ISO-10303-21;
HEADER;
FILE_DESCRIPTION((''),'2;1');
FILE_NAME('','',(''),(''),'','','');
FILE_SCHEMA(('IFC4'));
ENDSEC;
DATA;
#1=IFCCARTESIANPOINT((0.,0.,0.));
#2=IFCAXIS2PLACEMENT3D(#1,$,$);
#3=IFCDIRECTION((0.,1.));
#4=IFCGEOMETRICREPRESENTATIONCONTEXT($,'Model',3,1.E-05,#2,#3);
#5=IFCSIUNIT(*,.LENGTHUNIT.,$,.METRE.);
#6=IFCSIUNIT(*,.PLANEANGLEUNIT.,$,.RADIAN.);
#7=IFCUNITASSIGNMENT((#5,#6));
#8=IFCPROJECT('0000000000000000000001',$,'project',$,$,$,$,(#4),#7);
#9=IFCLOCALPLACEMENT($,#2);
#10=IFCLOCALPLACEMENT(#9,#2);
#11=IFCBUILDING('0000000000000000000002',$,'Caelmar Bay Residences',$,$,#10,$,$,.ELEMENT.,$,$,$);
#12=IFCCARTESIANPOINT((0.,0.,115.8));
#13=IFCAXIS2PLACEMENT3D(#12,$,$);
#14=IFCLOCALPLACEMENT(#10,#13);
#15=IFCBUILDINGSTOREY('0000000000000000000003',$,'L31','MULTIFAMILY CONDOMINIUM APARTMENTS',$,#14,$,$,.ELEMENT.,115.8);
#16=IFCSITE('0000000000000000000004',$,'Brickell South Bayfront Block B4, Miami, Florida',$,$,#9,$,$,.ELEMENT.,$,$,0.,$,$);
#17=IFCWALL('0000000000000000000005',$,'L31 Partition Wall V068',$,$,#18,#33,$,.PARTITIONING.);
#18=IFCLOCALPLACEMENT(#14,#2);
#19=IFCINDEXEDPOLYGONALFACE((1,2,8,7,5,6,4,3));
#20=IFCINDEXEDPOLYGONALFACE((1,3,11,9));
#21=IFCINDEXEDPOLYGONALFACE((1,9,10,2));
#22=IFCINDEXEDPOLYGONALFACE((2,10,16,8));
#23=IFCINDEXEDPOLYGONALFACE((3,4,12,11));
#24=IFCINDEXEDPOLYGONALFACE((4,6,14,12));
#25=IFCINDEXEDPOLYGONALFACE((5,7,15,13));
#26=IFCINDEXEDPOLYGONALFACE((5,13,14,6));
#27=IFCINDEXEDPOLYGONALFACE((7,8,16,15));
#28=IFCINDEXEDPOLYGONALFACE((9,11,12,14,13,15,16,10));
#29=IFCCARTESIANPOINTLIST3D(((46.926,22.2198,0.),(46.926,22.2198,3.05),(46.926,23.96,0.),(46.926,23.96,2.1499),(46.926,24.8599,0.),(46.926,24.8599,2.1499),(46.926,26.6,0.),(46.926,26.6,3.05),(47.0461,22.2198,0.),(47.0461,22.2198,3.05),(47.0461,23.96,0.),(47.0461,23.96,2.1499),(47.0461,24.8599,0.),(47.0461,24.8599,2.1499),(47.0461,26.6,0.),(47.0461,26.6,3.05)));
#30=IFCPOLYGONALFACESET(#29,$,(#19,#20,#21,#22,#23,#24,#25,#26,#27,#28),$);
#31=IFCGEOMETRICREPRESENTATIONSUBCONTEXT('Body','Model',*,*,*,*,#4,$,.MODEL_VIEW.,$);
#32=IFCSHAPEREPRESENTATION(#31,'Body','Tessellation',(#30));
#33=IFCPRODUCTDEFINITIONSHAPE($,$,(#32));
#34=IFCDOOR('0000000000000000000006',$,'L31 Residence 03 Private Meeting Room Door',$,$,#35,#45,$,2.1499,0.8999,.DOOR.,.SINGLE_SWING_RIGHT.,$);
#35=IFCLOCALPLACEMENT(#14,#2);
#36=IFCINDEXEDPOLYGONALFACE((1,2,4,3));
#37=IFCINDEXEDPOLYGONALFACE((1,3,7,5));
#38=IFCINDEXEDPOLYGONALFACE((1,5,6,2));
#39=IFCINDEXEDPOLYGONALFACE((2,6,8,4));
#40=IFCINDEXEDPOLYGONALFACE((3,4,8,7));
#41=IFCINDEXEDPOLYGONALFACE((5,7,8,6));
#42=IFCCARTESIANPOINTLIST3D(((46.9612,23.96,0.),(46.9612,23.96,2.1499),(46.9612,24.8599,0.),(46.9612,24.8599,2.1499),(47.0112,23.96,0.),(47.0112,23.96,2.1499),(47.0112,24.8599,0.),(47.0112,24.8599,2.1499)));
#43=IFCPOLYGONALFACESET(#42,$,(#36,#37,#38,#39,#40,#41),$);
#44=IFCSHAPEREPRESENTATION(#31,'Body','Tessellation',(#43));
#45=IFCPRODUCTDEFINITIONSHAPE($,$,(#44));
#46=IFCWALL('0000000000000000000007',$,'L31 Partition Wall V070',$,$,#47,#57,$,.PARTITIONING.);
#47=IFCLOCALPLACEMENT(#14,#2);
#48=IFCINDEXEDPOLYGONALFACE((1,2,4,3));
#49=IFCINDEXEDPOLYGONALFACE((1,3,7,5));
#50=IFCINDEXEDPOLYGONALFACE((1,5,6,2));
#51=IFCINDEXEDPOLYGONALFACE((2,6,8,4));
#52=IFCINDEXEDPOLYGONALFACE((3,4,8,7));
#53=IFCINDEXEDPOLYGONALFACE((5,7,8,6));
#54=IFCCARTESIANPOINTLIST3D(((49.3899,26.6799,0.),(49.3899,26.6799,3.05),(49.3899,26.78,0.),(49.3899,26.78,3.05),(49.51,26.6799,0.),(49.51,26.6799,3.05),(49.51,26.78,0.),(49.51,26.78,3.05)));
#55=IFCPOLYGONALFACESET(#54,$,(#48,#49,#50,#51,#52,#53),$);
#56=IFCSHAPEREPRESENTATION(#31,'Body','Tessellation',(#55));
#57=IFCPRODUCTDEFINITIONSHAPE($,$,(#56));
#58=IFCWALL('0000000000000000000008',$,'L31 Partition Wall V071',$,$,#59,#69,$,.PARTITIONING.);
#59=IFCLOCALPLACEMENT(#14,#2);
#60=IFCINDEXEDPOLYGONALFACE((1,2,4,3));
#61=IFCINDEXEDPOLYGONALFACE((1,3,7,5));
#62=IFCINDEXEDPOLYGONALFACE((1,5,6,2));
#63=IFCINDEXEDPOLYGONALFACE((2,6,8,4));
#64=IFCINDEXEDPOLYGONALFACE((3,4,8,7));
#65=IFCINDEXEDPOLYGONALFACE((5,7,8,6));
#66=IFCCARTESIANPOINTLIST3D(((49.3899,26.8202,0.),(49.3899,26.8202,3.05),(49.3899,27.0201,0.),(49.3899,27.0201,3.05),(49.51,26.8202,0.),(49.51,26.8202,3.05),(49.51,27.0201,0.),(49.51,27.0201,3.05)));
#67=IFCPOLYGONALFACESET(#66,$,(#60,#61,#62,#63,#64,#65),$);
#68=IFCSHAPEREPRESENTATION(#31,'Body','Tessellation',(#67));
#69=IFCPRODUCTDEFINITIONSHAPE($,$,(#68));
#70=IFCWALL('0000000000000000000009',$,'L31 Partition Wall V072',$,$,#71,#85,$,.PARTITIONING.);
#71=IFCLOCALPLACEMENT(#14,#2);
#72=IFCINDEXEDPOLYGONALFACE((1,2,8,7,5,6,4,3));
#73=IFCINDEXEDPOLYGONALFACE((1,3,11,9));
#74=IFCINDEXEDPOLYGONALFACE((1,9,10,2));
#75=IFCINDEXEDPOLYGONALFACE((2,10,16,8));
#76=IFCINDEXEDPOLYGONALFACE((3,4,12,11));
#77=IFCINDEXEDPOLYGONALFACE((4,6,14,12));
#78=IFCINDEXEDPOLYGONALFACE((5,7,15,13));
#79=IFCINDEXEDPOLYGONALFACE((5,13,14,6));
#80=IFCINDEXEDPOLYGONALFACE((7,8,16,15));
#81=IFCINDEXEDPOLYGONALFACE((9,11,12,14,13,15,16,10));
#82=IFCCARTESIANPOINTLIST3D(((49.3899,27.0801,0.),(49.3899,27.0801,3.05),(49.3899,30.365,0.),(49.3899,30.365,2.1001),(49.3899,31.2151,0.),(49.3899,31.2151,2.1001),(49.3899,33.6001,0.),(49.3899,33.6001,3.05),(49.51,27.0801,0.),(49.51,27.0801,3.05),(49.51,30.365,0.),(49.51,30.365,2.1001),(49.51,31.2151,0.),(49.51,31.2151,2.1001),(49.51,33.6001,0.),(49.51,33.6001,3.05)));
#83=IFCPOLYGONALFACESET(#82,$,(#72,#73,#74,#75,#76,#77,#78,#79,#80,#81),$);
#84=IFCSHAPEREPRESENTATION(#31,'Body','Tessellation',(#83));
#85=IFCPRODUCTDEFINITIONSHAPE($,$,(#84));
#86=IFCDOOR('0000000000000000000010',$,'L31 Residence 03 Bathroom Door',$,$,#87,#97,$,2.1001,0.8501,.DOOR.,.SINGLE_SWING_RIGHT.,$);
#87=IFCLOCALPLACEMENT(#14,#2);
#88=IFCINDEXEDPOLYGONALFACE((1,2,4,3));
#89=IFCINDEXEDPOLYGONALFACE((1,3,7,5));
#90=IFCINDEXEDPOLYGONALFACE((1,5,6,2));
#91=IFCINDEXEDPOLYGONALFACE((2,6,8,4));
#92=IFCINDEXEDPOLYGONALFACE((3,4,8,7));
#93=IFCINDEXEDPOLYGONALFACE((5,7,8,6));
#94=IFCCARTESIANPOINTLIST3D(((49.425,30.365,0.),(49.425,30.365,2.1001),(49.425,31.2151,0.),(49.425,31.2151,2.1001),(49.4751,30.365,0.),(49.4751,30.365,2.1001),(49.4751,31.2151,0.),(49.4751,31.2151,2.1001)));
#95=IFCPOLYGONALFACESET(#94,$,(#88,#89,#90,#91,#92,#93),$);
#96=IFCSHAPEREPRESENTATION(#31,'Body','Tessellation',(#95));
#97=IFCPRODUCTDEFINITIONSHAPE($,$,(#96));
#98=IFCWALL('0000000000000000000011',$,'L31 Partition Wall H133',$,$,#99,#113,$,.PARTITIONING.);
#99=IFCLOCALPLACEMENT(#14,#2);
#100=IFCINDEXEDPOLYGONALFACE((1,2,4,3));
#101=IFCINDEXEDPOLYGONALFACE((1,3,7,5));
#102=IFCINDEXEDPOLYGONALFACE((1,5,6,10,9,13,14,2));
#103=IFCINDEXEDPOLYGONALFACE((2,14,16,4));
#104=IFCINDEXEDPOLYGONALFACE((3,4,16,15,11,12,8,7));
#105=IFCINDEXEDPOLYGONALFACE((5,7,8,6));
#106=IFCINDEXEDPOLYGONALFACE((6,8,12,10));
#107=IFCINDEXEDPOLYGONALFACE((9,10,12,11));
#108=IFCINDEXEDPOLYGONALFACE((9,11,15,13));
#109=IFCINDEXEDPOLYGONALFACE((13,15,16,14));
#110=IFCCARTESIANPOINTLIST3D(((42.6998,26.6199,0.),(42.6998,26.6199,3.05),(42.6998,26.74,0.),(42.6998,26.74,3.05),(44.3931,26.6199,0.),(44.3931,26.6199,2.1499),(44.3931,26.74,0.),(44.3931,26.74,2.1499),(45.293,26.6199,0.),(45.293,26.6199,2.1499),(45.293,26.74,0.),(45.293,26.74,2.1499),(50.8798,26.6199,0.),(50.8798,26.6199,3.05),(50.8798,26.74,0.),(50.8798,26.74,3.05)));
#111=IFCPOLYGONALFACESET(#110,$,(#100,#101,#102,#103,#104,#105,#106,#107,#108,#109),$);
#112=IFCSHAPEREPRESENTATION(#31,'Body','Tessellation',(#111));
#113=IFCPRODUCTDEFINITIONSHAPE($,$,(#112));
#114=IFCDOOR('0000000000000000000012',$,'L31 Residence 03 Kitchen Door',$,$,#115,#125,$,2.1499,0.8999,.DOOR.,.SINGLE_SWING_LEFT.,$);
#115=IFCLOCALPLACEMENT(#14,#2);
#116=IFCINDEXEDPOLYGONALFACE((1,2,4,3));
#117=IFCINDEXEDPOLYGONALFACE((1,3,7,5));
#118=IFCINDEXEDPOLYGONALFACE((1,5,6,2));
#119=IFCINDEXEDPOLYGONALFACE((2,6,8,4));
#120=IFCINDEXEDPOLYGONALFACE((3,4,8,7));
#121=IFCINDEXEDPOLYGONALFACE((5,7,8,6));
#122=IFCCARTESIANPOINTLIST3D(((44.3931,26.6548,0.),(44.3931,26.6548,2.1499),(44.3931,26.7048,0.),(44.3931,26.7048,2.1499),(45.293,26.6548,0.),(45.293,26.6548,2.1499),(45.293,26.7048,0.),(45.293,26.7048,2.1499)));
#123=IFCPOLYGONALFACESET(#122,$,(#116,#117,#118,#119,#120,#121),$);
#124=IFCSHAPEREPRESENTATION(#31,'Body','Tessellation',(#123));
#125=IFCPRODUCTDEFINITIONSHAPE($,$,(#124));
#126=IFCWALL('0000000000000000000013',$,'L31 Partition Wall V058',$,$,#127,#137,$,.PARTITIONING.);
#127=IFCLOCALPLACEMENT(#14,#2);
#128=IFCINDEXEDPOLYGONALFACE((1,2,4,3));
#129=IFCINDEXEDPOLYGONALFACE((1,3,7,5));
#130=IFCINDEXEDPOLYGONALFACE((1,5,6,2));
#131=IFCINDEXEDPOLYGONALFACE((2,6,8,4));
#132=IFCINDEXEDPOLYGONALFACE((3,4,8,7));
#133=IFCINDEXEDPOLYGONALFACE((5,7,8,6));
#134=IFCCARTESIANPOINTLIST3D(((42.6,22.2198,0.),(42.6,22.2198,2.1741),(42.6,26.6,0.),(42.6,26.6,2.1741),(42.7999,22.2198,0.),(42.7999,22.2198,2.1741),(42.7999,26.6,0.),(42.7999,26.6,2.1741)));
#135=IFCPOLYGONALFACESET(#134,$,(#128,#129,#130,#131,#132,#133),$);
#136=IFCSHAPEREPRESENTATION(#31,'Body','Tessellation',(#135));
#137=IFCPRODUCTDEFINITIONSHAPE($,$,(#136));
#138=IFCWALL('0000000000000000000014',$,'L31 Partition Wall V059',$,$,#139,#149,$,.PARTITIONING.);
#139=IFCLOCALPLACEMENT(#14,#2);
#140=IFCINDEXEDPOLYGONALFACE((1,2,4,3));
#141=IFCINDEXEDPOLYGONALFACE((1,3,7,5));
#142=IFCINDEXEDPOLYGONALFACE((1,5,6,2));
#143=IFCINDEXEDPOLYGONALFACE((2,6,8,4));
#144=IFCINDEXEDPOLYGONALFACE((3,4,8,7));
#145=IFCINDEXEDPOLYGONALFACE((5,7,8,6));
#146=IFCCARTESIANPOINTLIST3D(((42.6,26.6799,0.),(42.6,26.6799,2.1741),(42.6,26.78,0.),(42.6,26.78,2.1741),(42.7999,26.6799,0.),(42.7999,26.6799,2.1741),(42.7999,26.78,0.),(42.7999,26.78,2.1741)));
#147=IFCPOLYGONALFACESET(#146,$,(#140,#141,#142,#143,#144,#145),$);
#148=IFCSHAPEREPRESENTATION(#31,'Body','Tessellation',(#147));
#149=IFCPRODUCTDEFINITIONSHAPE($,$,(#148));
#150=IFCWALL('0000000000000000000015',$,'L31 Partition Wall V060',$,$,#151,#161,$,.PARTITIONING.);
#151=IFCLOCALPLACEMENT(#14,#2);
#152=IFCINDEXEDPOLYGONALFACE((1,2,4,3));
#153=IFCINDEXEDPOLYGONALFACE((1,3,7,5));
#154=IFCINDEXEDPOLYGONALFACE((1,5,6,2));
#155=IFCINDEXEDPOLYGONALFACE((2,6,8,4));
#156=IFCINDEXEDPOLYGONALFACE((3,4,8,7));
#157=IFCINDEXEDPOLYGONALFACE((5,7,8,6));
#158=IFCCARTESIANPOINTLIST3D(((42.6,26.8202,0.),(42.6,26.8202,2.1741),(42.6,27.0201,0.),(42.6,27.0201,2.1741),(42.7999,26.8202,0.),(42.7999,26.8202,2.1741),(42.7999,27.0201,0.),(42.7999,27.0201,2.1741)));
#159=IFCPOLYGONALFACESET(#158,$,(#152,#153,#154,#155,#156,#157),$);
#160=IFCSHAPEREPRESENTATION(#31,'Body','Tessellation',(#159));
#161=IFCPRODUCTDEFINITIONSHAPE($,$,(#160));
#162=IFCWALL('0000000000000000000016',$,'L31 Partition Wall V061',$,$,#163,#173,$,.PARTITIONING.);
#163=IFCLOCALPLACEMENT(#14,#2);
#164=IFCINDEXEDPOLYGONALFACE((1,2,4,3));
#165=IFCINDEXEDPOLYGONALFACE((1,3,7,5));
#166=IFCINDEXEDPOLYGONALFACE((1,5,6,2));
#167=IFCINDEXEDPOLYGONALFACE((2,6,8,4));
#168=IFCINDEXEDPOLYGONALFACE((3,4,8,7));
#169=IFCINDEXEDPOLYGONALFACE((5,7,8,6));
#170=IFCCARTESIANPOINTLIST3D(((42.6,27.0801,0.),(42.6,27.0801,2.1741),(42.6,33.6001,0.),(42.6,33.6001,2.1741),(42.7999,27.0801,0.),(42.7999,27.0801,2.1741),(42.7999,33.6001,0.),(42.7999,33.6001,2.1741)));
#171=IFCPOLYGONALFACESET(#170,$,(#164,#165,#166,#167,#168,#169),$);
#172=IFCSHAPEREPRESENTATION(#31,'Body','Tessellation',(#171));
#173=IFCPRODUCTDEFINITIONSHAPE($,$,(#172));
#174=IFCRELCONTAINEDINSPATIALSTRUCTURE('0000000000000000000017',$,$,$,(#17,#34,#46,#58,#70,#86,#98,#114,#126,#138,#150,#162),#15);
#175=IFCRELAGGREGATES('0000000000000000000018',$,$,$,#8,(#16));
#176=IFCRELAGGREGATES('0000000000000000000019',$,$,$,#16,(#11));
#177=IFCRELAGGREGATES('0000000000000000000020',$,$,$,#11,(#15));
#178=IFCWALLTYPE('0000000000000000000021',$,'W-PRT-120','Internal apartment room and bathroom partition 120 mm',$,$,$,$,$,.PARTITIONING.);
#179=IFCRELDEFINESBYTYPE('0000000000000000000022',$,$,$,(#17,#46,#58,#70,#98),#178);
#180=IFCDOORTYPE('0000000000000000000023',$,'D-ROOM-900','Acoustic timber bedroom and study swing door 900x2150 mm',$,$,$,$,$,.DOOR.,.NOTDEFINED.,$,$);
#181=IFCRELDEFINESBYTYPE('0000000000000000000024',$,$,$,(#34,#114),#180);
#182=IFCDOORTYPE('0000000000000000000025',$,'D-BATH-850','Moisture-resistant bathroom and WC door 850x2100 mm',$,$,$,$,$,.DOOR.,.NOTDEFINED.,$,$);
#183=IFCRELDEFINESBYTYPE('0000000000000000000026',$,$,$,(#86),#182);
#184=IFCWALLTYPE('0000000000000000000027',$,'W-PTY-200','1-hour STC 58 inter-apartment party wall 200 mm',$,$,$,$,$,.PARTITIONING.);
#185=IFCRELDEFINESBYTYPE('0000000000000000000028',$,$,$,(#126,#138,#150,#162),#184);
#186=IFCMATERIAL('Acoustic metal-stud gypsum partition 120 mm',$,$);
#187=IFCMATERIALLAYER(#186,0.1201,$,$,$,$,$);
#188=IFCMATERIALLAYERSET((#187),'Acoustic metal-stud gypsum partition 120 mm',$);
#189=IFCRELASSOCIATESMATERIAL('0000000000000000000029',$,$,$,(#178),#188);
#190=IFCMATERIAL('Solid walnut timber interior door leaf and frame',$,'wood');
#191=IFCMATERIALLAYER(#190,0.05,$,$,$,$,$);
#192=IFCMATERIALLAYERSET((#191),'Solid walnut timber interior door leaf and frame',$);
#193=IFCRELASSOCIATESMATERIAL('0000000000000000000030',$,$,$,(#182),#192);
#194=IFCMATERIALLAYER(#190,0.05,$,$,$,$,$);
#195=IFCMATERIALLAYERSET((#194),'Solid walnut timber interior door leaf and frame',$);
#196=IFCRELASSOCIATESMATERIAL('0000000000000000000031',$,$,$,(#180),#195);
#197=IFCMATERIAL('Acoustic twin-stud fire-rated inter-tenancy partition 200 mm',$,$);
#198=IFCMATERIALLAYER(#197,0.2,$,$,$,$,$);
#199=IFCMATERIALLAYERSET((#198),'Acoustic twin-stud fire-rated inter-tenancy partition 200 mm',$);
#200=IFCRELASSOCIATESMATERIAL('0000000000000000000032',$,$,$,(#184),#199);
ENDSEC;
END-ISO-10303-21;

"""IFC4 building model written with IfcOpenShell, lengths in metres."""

from ifc_helpers import new_model, si_unit, direction, frame, frame_2d, origin, place, context, subcontext, project, spatial, rectangle, extrude, material, layer, layer_set, type_object, element, fill, save


model = new_model("IFC4")

# Units and contexts
model_context = context("Model", 3, precision=1e-05, world=origin(), true_north=direction((0.0, 1.0)))
body_context = subcontext(model_context, "Body", "Model", "MODEL_VIEW")
ifc_project = project(units=[si_unit("LENGTHUNIT", "METRE"), si_unit("PLANEANGLEUNIT", "RADIAN")], contexts=[model_context])

# Site, building, storey
site_placement = place(None, origin())
site = spatial("IfcSite", under=ifc_project, at=site_placement, Name="Brickell South Bayfront Block B4, Miami, Florida", CompositionType="ELEMENT", RefElevation=0.0)
building_placement = place(site_placement, origin())
building = spatial("IfcBuilding", under=site, at=building_placement, Name="Caelmar Bay Residences", CompositionType="ELEMENT")
storey_placement = place(building_placement, frame((0.0, 0.0, 115.8)))
storey = spatial("IfcBuildingStorey", under=building, at=storey_placement, Name="L31", Description="MULTIFAMILY CONDOMINIUM APARTMENTS", CompositionType="ELEMENT", Elevation=115.8)

# Shared definitions
ifc_material_1 = material(Name="Acoustic metal-stud gypsum partition 120 mm")
ifc_layer_1 = layer(ifc_material_1, 0.1201)
ifc_layer_set_1 = layer_set([ifc_layer_1], Name="Acoustic metal-stud gypsum partition 120 mm")
wall_type_1 = type_object("IfcWallType", Name="W-PRT-120", Description="Internal apartment room and bathroom partition 120 mm", PredefinedType="PARTITIONING", material=ifc_layer_set_1)

# Wall, opening, door
ifc_material_2 = material(Name="Solid walnut timber interior door leaf and frame", Category="wood")
ifc_layer_2 = layer(ifc_material_2, 0.05)
ifc_layer_set_2 = layer_set([ifc_layer_2], Name="Solid walnut timber interior door leaf and frame")
door_type_1 = type_object("IfcDoorType", Name="D-BATH-850", Description="Moisture-resistant bathroom and WC door 850x2100 mm", OperationType="NOTDEFINED", PredefinedType="DOOR", material=ifc_layer_set_2)
wall_1_placement = place(storey_placement, frame((46.9861, 22.22, 0.0), z_axis=(0.0, 0.0, 1.0), x_axis=(0.0, 1.0, 0.0)))
wall_1 = element("IfcWall", 1, at=wall_1_placement, inside=storey, type_object=wall_type_1, Name="L31 Partition Wall V068", PredefinedType="PARTITIONING", context=body_context, shape_type="SweptSolid", body=[
    extrude(rectangle(XDim=4.3801, YDim=0.1201, at=frame_2d((2.1899, 0.0))), origin(), (0.0, 0.0, 1.0), 3.05),
])
opening_1_placement = place(wall_1_placement, frame((1.74, 0.0, 0.0)))
opening_1 = element("IfcOpeningElement", 2, at=opening_1_placement, cuts=wall_1, PredefinedType="OPENING", context=body_context, shape_type="SweptSolid", body=[
    extrude(rectangle(XDim=0.8999, YDim=2.1499, at=frame_2d((0.45, 1.075))), frame((0.0, 0.0701, 0.0), z_axis=(0.0, -1.0, 0.0), x_axis=(1.0, 0.0, 0.0)), (0.0, 0.0, 1.0), 0.1401),
])
ifc_layer_3 = layer(ifc_material_2, 0.05)
ifc_layer_set_3 = layer_set([ifc_layer_3], Name="Solid walnut timber interior door leaf and frame")
door_type_2 = type_object("IfcDoorType", Name="D-ROOM-900", Description="Acoustic timber bedroom and study swing door 900x2150 mm", OperationType="NOTDEFINED", PredefinedType="DOOR", material=ifc_layer_set_3)
door_1_placement = place(opening_1_placement, origin())
door_1 = element("IfcDoor", 3, at=door_1_placement, inside=storey, type_object=door_type_2, Name="L31 Residence 03 Private Meeting Room Door", OperationType="SINGLE_SWING_RIGHT", OverallHeight=2.1499, OverallWidth=0.8999, PredefinedType="DOOR", context=body_context, shape_type="SweptSolid", body=[
    extrude(rectangle(XDim=0.8999, YDim=2.1499, at=frame_2d((0.45, 1.075))), frame((0.0, 0.0249, 0.0), z_axis=(0.0, -1.0, 0.0), x_axis=(1.0, 0.0, 0.0)), (0.0, 0.0, 1.0), 0.05),
])
fill(opening_1, door_1)

# Walls
wall_2_placement = place(storey_placement, frame((49.45, 26.6799, 0.0), z_axis=(0.0, 0.0, 1.0), x_axis=(0.0, 1.0, 0.0)))
element("IfcWall", 4, at=wall_2_placement, inside=storey, type_object=wall_type_1, Name="L31 Partition Wall V070", PredefinedType="PARTITIONING", context=body_context, shape_type="SweptSolid", body=[
    extrude(rectangle(XDim=0.1001, YDim=0.1201, at=frame_2d((0.05, 0.0))), origin(), (0.0, 0.0, 1.0), 3.05),
])
wall_3_placement = place(storey_placement, frame((49.45, 26.8201, 0.0), z_axis=(0.0, 0.0, 1.0), x_axis=(0.0, 1.0, 0.0)))
element("IfcWall", 5, at=wall_3_placement, inside=storey, type_object=wall_type_1, Name="L31 Partition Wall V071", PredefinedType="PARTITIONING", context=body_context, shape_type="SweptSolid", body=[
    extrude(rectangle(XDim=0.2, YDim=0.1201, at=frame_2d((0.1001, 0.0))), origin(), (0.0, 0.0, 1.0), 3.05),
])

# Walls, openings, doors
wall_4_placement = place(storey_placement, frame((49.45, 27.0801, 0.0), z_axis=(0.0, 0.0, 1.0), x_axis=(0.0, 1.0, 0.0)))
wall_4 = element("IfcWall", 6, at=wall_4_placement, inside=storey, type_object=wall_type_1, Name="L31 Partition Wall V072", PredefinedType="PARTITIONING", context=body_context, shape_type="SweptSolid", body=[
    extrude(rectangle(XDim=6.52, YDim=0.1201, at=frame_2d((3.26, 0.0))), origin(), (0.0, 0.0, 1.0), 3.05),
])
opening_2_placement = place(wall_4_placement, frame((3.2849, 0.0, 0.0)))
opening_2 = element("IfcOpeningElement", 7, at=opening_2_placement, cuts=wall_4, PredefinedType="OPENING", context=body_context, shape_type="SweptSolid", body=[
    extrude(rectangle(XDim=0.8501, YDim=2.1001, at=frame_2d((0.425, 1.05))), frame((0.0, 0.0701, 0.0), z_axis=(0.0, -1.0, 0.0), x_axis=(1.0, 0.0, 0.0)), (0.0, 0.0, 1.0), 0.1401),
])
door_2_placement = place(opening_2_placement, origin())
door_2 = element("IfcDoor", 8, at=door_2_placement, inside=storey, type_object=door_type_1, Name="L31 Residence 03 Bathroom Door", OperationType="SINGLE_SWING_RIGHT", OverallHeight=2.1001, OverallWidth=0.8501, PredefinedType="DOOR", context=body_context, shape_type="SweptSolid", body=[
    extrude(rectangle(XDim=0.8501, YDim=2.1001, at=frame_2d((0.425, 1.05))), frame((0.0, 0.0249, 0.0), z_axis=(0.0, -1.0, 0.0), x_axis=(1.0, 0.0, 0.0)), (0.0, 0.0, 1.0), 0.05),
])
fill(opening_2, door_2)
wall_5_placement = place(storey_placement, frame((42.7, 26.6799, 0.0), z_axis=(0.0, 0.0, 1.0), x_axis=(1.0, 0.0, 0.0)))
wall_5 = element("IfcWall", 9, at=wall_5_placement, inside=storey, type_object=wall_type_1, Name="L31 Partition Wall H133", PredefinedType="PARTITIONING", context=body_context, shape_type="SweptSolid", body=[
    extrude(rectangle(XDim=8.1799, YDim=0.1201, at=frame_2d((4.0898, 0.0))), origin(), (0.0, 0.0, 1.0), 3.05),
])
opening_3_placement = place(wall_5_placement, frame((1.6931, 0.0, 0.0)))
opening_3 = element("IfcOpeningElement", 10, at=opening_3_placement, cuts=wall_5, PredefinedType="OPENING", context=body_context, shape_type="SweptSolid", body=[
    extrude(rectangle(XDim=0.8999, YDim=2.1499, at=frame_2d((0.45, 1.075))), frame((0.0, 0.0701, 0.0), z_axis=(0.0, -1.0, 0.0), x_axis=(1.0, 0.0, 0.0)), (0.0, 0.0, 1.0), 0.1401),
])
door_3_placement = place(opening_3_placement, origin())
door_3 = element("IfcDoor", 11, at=door_3_placement, inside=storey, type_object=door_type_2, Name="L31 Residence 03 Kitchen Door", OperationType="SINGLE_SWING_LEFT", OverallHeight=2.1499, OverallWidth=0.8999, PredefinedType="DOOR", context=body_context, shape_type="SweptSolid", body=[
    extrude(rectangle(XDim=0.8999, YDim=2.1499, at=frame_2d((0.45, 1.075))), frame((0.0, 0.0249, 0.0), z_axis=(0.0, -1.0, 0.0), x_axis=(1.0, 0.0, 0.0)), (0.0, 0.0, 1.0), 0.05),
])
fill(opening_3, door_3)

# Walls
ifc_material_3 = material(Name="Acoustic twin-stud fire-rated inter-tenancy partition 200 mm")
ifc_layer_4 = layer(ifc_material_3, 0.2)
ifc_layer_set_4 = layer_set([ifc_layer_4], Name="Acoustic twin-stud fire-rated inter-tenancy partition 200 mm")
wall_type_2 = type_object("IfcWallType", Name="W-PTY-200", Description="1-hour STC 58 inter-apartment party wall 200 mm", PredefinedType="PARTITIONING", material=ifc_layer_set_4)
wall_6_placement = place(storey_placement, frame((42.7, 22.22, 0.0), z_axis=(0.0, 0.0, 1.0), x_axis=(0.0, 1.0, 0.0)))
element("IfcWall", 12, at=wall_6_placement, inside=storey, type_object=wall_type_2, Name="L31 Partition Wall V058", PredefinedType="PARTITIONING", context=body_context, shape_type="SweptSolid", body=[
    extrude(rectangle(XDim=4.3801, YDim=0.2, at=frame_2d((2.1899, 0.0))), origin(), (0.0, 0.0, 1.0), 2.1741),
])
wall_7_placement = place(storey_placement, frame((42.7, 26.6799, 0.0), z_axis=(0.0, 0.0, 1.0), x_axis=(0.0, 1.0, 0.0)))
element("IfcWall", 13, at=wall_7_placement, inside=storey, type_object=wall_type_2, Name="L31 Partition Wall V059", PredefinedType="PARTITIONING", context=body_context, shape_type="SweptSolid", body=[
    extrude(rectangle(XDim=0.1001, YDim=0.2, at=frame_2d((0.05, 0.0))), origin(), (0.0, 0.0, 1.0), 2.1741),
])
wall_8_placement = place(storey_placement, frame((42.7, 26.8201, 0.0), z_axis=(0.0, 0.0, 1.0), x_axis=(0.0, 1.0, 0.0)))
element("IfcWall", 14, at=wall_8_placement, inside=storey, type_object=wall_type_2, Name="L31 Partition Wall V060", PredefinedType="PARTITIONING", context=body_context, shape_type="SweptSolid", body=[
    extrude(rectangle(XDim=0.2, YDim=0.2, at=frame_2d((0.1001, 0.0))), origin(), (0.0, 0.0, 1.0), 2.1741),
])
wall_9_placement = place(storey_placement, frame((42.7, 27.0801, 0.0), z_axis=(0.0, 0.0, 1.0), x_axis=(0.0, 1.0, 0.0)))
element("IfcWall", 15, at=wall_9_placement, inside=storey, type_object=wall_type_2, Name="L31 Partition Wall V061", PredefinedType="PARTITIONING", context=body_context, shape_type="SweptSolid", body=[
    extrude(rectangle(XDim=6.52, YDim=0.2, at=frame_2d((3.26, 0.0))), origin(), (0.0, 0.0, 1.0), 2.1741),
])

save(model, "model.ifc")
